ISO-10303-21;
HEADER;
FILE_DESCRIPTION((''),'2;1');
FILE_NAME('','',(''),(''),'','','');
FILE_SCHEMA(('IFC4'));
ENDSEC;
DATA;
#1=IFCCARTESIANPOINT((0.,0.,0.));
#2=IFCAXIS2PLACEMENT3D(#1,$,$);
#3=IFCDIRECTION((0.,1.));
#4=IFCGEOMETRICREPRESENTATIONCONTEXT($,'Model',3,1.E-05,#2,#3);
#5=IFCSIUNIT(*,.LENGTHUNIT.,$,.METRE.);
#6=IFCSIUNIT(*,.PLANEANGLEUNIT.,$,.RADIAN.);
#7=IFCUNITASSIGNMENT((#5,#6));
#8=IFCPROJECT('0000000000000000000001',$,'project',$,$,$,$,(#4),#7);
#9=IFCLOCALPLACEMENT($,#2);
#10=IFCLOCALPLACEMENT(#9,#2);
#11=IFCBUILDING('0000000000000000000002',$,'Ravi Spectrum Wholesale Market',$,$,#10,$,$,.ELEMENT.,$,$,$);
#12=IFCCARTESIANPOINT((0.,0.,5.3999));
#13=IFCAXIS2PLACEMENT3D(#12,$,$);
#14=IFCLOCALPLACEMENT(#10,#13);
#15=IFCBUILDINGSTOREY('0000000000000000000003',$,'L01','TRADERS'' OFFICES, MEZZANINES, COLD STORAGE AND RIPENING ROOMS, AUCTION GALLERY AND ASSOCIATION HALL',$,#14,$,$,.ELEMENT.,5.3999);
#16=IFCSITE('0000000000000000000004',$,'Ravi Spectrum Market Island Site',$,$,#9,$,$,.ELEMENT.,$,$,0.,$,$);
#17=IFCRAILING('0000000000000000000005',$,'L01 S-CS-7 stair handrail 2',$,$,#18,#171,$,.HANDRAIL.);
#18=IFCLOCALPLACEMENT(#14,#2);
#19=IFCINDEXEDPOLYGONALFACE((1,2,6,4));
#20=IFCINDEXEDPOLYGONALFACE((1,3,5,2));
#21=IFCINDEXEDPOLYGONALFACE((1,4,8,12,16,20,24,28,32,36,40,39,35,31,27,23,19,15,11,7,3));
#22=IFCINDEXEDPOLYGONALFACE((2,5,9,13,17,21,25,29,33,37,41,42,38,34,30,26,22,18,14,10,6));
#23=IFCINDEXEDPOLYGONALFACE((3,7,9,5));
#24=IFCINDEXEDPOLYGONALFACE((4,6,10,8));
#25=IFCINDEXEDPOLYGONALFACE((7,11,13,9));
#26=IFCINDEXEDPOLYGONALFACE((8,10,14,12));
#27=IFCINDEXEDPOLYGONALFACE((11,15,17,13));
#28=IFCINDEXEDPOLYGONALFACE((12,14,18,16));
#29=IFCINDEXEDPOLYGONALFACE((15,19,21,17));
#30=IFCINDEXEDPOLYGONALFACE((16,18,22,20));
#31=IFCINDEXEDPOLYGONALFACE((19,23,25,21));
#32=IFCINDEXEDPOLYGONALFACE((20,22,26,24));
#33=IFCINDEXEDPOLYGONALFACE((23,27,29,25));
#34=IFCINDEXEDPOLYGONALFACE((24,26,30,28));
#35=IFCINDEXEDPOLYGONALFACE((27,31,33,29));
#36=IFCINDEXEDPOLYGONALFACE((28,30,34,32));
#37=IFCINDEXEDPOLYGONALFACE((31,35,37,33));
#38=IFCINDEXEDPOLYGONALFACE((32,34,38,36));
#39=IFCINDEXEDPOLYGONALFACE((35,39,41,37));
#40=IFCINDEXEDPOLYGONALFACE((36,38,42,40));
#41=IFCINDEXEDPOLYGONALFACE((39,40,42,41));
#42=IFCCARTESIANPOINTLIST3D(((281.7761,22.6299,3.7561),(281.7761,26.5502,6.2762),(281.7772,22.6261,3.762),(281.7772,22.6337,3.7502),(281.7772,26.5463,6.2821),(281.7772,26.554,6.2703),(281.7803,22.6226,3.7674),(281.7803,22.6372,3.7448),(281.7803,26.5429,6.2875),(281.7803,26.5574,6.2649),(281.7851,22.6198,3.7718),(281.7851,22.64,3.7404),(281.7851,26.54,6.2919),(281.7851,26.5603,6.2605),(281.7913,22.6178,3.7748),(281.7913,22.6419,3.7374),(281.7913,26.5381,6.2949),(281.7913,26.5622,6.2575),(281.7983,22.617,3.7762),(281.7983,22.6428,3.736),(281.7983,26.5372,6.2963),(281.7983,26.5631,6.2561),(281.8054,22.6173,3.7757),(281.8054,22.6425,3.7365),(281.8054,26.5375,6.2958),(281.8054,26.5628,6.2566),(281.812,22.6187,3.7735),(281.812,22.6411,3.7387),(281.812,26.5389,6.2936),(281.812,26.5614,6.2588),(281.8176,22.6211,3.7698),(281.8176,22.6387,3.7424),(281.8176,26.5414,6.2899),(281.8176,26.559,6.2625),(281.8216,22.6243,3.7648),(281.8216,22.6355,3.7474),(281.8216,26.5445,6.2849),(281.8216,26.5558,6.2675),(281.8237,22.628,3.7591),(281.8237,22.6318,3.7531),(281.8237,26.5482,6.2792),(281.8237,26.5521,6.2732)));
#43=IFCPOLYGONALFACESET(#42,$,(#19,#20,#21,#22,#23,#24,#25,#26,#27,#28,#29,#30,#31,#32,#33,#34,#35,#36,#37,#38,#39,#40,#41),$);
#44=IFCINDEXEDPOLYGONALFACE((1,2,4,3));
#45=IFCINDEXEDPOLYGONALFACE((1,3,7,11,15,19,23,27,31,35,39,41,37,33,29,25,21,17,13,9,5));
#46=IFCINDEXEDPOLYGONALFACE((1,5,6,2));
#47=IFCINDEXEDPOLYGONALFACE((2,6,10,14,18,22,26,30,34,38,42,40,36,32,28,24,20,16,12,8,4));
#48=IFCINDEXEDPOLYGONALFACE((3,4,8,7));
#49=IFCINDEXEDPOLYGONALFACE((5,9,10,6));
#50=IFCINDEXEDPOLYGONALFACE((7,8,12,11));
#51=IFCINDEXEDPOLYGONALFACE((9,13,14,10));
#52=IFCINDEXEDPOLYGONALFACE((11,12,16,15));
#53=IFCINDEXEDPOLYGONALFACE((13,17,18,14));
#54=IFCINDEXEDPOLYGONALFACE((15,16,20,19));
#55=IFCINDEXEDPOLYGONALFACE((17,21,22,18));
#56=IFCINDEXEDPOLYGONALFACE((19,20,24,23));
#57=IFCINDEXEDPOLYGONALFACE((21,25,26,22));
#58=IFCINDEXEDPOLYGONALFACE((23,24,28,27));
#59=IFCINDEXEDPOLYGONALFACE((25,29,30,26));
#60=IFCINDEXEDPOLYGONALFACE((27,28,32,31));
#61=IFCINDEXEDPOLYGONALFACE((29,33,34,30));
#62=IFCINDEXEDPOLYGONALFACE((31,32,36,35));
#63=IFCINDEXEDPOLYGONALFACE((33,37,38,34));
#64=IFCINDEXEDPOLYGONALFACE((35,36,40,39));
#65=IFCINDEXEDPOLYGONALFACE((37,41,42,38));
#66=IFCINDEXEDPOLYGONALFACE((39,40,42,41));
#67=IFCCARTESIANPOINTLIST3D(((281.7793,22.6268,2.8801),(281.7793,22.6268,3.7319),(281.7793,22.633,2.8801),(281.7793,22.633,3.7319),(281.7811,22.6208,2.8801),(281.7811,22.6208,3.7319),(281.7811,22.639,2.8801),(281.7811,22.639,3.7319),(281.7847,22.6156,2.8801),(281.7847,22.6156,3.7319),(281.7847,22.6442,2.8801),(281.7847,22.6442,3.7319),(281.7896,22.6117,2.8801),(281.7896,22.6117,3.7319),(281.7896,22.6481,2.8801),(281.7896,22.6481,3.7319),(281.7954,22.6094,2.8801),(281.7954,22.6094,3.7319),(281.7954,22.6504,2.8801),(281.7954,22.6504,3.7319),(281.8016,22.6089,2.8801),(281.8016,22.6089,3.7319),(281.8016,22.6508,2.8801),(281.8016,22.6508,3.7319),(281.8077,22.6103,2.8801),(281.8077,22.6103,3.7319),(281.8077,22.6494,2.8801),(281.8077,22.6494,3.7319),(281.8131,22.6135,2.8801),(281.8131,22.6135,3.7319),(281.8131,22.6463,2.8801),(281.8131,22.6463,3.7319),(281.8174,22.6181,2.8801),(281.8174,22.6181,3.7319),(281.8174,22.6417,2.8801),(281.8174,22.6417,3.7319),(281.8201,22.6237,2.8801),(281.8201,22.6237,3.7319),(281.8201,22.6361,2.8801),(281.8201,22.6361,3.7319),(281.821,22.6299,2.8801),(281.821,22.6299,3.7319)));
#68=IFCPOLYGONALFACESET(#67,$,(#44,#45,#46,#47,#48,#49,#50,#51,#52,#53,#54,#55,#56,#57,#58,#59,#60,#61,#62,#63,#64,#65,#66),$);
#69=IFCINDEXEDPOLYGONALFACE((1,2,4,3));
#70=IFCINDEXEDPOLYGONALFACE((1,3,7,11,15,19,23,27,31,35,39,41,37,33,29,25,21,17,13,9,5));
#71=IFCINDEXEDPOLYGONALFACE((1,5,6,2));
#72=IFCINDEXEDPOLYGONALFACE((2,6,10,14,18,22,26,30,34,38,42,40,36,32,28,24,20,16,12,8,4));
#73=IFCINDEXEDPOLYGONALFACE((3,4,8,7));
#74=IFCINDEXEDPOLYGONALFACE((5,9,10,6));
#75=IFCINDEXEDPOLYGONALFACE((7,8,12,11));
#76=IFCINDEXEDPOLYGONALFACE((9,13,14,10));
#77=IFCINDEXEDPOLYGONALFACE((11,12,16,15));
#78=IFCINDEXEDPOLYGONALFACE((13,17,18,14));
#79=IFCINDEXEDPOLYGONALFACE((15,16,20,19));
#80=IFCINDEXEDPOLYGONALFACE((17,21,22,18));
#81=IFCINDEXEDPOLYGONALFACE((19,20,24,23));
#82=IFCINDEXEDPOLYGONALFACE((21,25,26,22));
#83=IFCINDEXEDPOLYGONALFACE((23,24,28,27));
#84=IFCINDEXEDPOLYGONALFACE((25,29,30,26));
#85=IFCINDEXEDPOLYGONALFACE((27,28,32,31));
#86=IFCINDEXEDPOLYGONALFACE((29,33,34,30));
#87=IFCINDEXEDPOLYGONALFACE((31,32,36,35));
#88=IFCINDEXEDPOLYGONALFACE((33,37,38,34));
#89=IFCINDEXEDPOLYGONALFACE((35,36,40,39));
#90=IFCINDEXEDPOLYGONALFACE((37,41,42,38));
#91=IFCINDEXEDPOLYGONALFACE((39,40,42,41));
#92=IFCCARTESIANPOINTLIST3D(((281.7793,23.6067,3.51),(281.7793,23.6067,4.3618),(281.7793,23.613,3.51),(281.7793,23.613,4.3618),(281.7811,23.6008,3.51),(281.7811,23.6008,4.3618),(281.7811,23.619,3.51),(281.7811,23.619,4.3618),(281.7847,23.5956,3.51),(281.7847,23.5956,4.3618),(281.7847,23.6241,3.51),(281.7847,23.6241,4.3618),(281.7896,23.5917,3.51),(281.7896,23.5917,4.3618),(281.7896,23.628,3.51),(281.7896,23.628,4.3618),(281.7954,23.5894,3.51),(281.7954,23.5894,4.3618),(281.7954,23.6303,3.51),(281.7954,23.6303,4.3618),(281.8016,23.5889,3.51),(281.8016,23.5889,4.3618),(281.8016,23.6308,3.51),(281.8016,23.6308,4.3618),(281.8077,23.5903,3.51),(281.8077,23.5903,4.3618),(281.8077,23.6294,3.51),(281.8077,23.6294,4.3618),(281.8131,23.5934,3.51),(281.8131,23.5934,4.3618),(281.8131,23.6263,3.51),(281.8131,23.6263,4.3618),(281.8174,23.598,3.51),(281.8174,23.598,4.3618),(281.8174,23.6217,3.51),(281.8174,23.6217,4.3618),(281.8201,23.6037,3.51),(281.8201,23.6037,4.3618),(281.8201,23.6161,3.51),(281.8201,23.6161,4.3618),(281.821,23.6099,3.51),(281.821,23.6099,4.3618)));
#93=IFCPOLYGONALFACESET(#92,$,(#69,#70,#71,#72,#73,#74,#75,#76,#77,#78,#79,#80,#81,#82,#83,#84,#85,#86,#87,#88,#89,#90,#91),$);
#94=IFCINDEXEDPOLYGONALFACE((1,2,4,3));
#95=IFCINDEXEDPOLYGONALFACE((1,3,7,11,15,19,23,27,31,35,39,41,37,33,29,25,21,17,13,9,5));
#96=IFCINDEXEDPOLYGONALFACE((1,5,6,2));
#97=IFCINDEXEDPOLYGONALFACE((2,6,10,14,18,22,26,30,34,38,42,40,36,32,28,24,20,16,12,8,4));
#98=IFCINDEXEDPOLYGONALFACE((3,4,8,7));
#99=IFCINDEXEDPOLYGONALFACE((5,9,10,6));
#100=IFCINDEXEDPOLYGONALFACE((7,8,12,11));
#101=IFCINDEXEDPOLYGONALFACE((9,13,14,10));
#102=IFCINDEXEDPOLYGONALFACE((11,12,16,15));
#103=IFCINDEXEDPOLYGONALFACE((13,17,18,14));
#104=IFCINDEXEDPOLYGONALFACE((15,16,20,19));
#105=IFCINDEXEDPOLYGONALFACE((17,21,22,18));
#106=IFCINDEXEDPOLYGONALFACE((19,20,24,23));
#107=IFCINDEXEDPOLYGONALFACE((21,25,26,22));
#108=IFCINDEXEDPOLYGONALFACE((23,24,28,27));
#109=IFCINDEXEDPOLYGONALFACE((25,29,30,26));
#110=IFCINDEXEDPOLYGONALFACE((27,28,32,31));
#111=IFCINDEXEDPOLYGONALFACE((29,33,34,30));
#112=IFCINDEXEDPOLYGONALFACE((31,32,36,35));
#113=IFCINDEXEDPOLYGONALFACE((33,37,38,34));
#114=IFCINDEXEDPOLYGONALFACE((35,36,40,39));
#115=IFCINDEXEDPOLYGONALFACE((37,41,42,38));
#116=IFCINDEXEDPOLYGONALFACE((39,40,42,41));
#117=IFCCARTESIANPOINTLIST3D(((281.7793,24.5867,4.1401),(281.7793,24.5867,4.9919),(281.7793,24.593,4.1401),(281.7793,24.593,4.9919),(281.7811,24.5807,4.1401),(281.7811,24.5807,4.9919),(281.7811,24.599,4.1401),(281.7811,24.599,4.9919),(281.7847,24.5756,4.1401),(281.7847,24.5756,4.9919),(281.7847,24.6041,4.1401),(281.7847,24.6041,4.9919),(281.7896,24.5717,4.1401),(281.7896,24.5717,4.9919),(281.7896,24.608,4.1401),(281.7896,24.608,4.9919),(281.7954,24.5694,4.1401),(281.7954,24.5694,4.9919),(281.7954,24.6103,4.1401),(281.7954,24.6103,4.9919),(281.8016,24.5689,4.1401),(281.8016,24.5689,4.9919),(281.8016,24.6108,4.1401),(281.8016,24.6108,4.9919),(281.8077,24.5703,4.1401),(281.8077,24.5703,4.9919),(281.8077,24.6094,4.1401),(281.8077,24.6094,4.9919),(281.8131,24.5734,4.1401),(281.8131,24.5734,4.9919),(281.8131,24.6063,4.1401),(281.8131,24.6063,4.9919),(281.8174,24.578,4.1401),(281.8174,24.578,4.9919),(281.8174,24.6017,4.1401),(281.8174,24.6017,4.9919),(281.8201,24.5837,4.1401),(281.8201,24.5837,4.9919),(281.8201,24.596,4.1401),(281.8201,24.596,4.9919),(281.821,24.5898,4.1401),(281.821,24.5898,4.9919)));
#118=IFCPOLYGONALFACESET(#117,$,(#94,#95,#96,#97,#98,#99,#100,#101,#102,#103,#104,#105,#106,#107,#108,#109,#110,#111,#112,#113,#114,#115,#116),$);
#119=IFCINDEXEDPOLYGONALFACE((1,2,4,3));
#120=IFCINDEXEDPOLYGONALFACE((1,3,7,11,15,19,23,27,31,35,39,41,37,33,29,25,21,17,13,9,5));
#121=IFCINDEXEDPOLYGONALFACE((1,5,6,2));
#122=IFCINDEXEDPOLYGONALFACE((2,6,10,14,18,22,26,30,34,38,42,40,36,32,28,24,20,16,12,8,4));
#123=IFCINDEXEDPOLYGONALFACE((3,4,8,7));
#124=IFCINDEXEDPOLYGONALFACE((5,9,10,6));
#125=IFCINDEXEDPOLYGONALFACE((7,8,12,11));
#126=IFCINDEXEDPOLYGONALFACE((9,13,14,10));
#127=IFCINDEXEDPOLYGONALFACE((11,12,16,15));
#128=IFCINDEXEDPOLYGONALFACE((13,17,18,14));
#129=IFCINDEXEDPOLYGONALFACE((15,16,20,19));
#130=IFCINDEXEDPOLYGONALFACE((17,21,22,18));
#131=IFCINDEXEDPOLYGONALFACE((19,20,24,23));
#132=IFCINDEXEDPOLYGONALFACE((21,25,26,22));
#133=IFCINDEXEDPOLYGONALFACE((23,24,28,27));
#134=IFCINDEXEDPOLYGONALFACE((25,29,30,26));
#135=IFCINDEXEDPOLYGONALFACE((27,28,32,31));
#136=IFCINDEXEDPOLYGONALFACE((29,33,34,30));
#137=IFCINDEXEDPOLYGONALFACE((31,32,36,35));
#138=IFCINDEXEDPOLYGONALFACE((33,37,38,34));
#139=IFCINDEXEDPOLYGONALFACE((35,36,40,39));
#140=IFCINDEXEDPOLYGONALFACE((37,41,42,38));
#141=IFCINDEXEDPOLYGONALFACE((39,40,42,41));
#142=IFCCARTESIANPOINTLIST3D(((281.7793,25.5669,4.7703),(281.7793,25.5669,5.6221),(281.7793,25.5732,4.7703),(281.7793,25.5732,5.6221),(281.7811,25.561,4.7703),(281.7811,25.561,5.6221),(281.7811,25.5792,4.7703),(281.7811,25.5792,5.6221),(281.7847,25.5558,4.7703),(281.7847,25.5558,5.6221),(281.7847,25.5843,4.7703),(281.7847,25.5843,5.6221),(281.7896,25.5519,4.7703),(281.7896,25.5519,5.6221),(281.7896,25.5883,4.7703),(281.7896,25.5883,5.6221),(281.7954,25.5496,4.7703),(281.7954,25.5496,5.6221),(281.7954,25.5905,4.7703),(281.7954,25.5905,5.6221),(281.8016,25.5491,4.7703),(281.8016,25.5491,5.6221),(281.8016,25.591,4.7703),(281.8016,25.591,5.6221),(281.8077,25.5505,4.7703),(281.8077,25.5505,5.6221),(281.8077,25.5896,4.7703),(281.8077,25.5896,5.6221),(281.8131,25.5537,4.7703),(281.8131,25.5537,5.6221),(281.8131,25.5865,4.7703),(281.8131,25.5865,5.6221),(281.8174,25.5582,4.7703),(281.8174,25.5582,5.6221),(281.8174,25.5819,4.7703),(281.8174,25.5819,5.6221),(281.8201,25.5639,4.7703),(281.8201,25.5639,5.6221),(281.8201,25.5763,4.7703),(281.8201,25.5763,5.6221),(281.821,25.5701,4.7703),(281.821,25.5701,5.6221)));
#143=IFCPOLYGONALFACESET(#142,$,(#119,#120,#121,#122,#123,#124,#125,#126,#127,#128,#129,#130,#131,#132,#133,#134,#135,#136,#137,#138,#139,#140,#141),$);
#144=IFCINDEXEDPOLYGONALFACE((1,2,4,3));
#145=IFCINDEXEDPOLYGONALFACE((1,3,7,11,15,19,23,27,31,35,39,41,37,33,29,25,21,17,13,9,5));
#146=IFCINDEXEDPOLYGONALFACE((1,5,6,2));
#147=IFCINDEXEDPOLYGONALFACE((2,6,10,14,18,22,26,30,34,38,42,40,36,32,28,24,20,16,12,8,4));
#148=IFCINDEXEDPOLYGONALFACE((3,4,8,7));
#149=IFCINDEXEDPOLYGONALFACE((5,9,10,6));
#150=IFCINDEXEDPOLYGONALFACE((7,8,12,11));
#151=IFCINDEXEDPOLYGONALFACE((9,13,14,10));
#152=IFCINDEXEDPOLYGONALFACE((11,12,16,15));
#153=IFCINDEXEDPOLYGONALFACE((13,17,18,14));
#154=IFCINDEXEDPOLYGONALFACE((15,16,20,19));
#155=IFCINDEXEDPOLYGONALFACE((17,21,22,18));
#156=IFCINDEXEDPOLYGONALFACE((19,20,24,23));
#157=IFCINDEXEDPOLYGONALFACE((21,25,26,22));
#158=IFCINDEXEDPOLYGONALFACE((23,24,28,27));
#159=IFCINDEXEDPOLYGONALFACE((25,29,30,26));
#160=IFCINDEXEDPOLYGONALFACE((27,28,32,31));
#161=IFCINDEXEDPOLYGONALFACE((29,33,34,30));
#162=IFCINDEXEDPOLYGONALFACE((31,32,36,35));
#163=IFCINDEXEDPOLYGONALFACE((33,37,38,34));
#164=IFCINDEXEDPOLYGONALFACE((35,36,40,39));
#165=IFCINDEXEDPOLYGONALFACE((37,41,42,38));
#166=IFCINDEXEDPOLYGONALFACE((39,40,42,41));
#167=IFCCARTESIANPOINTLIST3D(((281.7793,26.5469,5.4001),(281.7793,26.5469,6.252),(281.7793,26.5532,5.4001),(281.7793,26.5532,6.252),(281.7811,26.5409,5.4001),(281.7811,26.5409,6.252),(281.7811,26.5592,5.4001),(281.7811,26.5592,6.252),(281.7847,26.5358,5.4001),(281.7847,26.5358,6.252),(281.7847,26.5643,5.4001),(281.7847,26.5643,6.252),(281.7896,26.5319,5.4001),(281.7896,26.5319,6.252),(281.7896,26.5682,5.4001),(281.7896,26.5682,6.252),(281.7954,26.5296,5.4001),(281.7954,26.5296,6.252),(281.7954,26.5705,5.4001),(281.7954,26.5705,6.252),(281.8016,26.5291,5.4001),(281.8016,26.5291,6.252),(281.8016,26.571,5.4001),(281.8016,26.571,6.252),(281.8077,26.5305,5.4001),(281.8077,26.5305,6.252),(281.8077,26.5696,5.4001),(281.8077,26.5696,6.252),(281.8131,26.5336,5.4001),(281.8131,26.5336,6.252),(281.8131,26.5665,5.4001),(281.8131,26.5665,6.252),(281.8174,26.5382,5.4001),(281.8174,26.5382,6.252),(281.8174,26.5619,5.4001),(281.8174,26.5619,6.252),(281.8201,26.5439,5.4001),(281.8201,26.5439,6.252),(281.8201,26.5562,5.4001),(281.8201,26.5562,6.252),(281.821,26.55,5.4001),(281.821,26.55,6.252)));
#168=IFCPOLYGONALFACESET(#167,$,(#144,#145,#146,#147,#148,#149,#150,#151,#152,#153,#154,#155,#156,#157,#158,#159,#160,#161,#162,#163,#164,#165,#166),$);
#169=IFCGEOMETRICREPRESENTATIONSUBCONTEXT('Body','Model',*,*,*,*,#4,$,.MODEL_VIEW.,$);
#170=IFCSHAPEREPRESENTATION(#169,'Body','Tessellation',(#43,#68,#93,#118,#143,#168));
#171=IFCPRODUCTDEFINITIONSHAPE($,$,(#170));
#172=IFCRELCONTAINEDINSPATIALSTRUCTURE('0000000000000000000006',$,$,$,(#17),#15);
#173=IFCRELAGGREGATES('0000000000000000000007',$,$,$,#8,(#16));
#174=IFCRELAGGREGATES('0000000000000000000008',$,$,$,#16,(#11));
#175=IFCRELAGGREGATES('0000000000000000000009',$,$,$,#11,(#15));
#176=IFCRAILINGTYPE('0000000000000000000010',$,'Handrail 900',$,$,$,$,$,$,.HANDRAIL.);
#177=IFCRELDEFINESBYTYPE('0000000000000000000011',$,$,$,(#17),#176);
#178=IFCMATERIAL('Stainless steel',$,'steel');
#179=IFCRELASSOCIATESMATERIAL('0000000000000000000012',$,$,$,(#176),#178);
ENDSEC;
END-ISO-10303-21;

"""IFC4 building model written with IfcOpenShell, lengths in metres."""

from ifc_helpers import new_model, si_unit, direction, frame, origin, origin_2d, place, context, subcontext, project, spatial, circle, extrude, material, type_object, element, save


model = new_model("IFC4")

# Units and contexts
model_context = context("Model", 3, precision=1e-05, world=origin(), true_north=direction((0.0, 1.0)))
body_context = subcontext(model_context, "Body", "Model", "MODEL_VIEW")
ifc_project = project(units=[si_unit("LENGTHUNIT", "METRE"), si_unit("PLANEANGLEUNIT", "RADIAN")], contexts=[model_context])

# Site, building, storey
site_placement = place(None, origin())
site = spatial("IfcSite", under=ifc_project, at=site_placement, Name="Ravi Spectrum Market Island Site", CompositionType="ELEMENT", RefElevation=0.0)
building_placement = place(site_placement, origin())
building = spatial("IfcBuilding", under=site, at=building_placement, Name="Ravi Spectrum Wholesale Market", CompositionType="ELEMENT")
storey_placement = place(building_placement, frame((0.0, 0.0, 5.3999)))
storey = spatial("IfcBuildingStorey", under=building, at=storey_placement, Name="L01", Description="TRADERS' OFFICES, MEZZANINES, COLD STORAGE AND RIPENING ROOMS, AUCTION GALLERY AND ASSOCIATION HALL", CompositionType="ELEMENT", Elevation=5.3999)

# Railing
ifc_material_1 = material(Name="Stainless steel", Category="steel")
railing_type_1 = type_object("IfcRailingType", Name="Handrail 900", PredefinedType="HANDRAIL", material=ifc_material_1)
railing_1_placement = place(storey_placement, frame((281.8, 22.6299, 2.8801)))
element("IfcRailing", 1, at=railing_1_placement, inside=storey, type_object=railing_type_1, Name="L01 S-CS-7 stair handrail 2", PredefinedType="HANDRAIL", context=body_context, shape_type="SweptSolid", body=[
    extrude(circle(Radius=0.0239, at=origin_2d()), frame((0.0, 0.0, 0.876), z_axis=(0.0, 0.841187, 0.540744), x_axis=(-1.0, 0.0, 0.0)), (0.0, 0.0, 1.0), 4.6604),
    extrude(circle(Radius=0.021, at=origin_2d()), origin(), (0.0, 0.0, 1.0), 0.8518),
    extrude(circle(Radius=0.021, at=origin_2d()), frame((0.0, 0.98, 0.6299)), (0.0, 0.0, 1.0), 0.8518),
    extrude(circle(Radius=0.021, at=origin_2d()), frame((0.0, 1.96, 1.26)), (0.0, 0.0, 1.0), 0.8518),
    extrude(circle(Radius=0.021, at=origin_2d()), frame((0.0, 2.9402, 1.8901)), (0.0, 0.0, 1.0), 0.8518),
    extrude(circle(Radius=0.021, at=origin_2d()), frame((0.0, 3.9202, 2.52)), (0.0, 0.0, 1.0), 0.8518),
])

save(model, "model.ifc")
